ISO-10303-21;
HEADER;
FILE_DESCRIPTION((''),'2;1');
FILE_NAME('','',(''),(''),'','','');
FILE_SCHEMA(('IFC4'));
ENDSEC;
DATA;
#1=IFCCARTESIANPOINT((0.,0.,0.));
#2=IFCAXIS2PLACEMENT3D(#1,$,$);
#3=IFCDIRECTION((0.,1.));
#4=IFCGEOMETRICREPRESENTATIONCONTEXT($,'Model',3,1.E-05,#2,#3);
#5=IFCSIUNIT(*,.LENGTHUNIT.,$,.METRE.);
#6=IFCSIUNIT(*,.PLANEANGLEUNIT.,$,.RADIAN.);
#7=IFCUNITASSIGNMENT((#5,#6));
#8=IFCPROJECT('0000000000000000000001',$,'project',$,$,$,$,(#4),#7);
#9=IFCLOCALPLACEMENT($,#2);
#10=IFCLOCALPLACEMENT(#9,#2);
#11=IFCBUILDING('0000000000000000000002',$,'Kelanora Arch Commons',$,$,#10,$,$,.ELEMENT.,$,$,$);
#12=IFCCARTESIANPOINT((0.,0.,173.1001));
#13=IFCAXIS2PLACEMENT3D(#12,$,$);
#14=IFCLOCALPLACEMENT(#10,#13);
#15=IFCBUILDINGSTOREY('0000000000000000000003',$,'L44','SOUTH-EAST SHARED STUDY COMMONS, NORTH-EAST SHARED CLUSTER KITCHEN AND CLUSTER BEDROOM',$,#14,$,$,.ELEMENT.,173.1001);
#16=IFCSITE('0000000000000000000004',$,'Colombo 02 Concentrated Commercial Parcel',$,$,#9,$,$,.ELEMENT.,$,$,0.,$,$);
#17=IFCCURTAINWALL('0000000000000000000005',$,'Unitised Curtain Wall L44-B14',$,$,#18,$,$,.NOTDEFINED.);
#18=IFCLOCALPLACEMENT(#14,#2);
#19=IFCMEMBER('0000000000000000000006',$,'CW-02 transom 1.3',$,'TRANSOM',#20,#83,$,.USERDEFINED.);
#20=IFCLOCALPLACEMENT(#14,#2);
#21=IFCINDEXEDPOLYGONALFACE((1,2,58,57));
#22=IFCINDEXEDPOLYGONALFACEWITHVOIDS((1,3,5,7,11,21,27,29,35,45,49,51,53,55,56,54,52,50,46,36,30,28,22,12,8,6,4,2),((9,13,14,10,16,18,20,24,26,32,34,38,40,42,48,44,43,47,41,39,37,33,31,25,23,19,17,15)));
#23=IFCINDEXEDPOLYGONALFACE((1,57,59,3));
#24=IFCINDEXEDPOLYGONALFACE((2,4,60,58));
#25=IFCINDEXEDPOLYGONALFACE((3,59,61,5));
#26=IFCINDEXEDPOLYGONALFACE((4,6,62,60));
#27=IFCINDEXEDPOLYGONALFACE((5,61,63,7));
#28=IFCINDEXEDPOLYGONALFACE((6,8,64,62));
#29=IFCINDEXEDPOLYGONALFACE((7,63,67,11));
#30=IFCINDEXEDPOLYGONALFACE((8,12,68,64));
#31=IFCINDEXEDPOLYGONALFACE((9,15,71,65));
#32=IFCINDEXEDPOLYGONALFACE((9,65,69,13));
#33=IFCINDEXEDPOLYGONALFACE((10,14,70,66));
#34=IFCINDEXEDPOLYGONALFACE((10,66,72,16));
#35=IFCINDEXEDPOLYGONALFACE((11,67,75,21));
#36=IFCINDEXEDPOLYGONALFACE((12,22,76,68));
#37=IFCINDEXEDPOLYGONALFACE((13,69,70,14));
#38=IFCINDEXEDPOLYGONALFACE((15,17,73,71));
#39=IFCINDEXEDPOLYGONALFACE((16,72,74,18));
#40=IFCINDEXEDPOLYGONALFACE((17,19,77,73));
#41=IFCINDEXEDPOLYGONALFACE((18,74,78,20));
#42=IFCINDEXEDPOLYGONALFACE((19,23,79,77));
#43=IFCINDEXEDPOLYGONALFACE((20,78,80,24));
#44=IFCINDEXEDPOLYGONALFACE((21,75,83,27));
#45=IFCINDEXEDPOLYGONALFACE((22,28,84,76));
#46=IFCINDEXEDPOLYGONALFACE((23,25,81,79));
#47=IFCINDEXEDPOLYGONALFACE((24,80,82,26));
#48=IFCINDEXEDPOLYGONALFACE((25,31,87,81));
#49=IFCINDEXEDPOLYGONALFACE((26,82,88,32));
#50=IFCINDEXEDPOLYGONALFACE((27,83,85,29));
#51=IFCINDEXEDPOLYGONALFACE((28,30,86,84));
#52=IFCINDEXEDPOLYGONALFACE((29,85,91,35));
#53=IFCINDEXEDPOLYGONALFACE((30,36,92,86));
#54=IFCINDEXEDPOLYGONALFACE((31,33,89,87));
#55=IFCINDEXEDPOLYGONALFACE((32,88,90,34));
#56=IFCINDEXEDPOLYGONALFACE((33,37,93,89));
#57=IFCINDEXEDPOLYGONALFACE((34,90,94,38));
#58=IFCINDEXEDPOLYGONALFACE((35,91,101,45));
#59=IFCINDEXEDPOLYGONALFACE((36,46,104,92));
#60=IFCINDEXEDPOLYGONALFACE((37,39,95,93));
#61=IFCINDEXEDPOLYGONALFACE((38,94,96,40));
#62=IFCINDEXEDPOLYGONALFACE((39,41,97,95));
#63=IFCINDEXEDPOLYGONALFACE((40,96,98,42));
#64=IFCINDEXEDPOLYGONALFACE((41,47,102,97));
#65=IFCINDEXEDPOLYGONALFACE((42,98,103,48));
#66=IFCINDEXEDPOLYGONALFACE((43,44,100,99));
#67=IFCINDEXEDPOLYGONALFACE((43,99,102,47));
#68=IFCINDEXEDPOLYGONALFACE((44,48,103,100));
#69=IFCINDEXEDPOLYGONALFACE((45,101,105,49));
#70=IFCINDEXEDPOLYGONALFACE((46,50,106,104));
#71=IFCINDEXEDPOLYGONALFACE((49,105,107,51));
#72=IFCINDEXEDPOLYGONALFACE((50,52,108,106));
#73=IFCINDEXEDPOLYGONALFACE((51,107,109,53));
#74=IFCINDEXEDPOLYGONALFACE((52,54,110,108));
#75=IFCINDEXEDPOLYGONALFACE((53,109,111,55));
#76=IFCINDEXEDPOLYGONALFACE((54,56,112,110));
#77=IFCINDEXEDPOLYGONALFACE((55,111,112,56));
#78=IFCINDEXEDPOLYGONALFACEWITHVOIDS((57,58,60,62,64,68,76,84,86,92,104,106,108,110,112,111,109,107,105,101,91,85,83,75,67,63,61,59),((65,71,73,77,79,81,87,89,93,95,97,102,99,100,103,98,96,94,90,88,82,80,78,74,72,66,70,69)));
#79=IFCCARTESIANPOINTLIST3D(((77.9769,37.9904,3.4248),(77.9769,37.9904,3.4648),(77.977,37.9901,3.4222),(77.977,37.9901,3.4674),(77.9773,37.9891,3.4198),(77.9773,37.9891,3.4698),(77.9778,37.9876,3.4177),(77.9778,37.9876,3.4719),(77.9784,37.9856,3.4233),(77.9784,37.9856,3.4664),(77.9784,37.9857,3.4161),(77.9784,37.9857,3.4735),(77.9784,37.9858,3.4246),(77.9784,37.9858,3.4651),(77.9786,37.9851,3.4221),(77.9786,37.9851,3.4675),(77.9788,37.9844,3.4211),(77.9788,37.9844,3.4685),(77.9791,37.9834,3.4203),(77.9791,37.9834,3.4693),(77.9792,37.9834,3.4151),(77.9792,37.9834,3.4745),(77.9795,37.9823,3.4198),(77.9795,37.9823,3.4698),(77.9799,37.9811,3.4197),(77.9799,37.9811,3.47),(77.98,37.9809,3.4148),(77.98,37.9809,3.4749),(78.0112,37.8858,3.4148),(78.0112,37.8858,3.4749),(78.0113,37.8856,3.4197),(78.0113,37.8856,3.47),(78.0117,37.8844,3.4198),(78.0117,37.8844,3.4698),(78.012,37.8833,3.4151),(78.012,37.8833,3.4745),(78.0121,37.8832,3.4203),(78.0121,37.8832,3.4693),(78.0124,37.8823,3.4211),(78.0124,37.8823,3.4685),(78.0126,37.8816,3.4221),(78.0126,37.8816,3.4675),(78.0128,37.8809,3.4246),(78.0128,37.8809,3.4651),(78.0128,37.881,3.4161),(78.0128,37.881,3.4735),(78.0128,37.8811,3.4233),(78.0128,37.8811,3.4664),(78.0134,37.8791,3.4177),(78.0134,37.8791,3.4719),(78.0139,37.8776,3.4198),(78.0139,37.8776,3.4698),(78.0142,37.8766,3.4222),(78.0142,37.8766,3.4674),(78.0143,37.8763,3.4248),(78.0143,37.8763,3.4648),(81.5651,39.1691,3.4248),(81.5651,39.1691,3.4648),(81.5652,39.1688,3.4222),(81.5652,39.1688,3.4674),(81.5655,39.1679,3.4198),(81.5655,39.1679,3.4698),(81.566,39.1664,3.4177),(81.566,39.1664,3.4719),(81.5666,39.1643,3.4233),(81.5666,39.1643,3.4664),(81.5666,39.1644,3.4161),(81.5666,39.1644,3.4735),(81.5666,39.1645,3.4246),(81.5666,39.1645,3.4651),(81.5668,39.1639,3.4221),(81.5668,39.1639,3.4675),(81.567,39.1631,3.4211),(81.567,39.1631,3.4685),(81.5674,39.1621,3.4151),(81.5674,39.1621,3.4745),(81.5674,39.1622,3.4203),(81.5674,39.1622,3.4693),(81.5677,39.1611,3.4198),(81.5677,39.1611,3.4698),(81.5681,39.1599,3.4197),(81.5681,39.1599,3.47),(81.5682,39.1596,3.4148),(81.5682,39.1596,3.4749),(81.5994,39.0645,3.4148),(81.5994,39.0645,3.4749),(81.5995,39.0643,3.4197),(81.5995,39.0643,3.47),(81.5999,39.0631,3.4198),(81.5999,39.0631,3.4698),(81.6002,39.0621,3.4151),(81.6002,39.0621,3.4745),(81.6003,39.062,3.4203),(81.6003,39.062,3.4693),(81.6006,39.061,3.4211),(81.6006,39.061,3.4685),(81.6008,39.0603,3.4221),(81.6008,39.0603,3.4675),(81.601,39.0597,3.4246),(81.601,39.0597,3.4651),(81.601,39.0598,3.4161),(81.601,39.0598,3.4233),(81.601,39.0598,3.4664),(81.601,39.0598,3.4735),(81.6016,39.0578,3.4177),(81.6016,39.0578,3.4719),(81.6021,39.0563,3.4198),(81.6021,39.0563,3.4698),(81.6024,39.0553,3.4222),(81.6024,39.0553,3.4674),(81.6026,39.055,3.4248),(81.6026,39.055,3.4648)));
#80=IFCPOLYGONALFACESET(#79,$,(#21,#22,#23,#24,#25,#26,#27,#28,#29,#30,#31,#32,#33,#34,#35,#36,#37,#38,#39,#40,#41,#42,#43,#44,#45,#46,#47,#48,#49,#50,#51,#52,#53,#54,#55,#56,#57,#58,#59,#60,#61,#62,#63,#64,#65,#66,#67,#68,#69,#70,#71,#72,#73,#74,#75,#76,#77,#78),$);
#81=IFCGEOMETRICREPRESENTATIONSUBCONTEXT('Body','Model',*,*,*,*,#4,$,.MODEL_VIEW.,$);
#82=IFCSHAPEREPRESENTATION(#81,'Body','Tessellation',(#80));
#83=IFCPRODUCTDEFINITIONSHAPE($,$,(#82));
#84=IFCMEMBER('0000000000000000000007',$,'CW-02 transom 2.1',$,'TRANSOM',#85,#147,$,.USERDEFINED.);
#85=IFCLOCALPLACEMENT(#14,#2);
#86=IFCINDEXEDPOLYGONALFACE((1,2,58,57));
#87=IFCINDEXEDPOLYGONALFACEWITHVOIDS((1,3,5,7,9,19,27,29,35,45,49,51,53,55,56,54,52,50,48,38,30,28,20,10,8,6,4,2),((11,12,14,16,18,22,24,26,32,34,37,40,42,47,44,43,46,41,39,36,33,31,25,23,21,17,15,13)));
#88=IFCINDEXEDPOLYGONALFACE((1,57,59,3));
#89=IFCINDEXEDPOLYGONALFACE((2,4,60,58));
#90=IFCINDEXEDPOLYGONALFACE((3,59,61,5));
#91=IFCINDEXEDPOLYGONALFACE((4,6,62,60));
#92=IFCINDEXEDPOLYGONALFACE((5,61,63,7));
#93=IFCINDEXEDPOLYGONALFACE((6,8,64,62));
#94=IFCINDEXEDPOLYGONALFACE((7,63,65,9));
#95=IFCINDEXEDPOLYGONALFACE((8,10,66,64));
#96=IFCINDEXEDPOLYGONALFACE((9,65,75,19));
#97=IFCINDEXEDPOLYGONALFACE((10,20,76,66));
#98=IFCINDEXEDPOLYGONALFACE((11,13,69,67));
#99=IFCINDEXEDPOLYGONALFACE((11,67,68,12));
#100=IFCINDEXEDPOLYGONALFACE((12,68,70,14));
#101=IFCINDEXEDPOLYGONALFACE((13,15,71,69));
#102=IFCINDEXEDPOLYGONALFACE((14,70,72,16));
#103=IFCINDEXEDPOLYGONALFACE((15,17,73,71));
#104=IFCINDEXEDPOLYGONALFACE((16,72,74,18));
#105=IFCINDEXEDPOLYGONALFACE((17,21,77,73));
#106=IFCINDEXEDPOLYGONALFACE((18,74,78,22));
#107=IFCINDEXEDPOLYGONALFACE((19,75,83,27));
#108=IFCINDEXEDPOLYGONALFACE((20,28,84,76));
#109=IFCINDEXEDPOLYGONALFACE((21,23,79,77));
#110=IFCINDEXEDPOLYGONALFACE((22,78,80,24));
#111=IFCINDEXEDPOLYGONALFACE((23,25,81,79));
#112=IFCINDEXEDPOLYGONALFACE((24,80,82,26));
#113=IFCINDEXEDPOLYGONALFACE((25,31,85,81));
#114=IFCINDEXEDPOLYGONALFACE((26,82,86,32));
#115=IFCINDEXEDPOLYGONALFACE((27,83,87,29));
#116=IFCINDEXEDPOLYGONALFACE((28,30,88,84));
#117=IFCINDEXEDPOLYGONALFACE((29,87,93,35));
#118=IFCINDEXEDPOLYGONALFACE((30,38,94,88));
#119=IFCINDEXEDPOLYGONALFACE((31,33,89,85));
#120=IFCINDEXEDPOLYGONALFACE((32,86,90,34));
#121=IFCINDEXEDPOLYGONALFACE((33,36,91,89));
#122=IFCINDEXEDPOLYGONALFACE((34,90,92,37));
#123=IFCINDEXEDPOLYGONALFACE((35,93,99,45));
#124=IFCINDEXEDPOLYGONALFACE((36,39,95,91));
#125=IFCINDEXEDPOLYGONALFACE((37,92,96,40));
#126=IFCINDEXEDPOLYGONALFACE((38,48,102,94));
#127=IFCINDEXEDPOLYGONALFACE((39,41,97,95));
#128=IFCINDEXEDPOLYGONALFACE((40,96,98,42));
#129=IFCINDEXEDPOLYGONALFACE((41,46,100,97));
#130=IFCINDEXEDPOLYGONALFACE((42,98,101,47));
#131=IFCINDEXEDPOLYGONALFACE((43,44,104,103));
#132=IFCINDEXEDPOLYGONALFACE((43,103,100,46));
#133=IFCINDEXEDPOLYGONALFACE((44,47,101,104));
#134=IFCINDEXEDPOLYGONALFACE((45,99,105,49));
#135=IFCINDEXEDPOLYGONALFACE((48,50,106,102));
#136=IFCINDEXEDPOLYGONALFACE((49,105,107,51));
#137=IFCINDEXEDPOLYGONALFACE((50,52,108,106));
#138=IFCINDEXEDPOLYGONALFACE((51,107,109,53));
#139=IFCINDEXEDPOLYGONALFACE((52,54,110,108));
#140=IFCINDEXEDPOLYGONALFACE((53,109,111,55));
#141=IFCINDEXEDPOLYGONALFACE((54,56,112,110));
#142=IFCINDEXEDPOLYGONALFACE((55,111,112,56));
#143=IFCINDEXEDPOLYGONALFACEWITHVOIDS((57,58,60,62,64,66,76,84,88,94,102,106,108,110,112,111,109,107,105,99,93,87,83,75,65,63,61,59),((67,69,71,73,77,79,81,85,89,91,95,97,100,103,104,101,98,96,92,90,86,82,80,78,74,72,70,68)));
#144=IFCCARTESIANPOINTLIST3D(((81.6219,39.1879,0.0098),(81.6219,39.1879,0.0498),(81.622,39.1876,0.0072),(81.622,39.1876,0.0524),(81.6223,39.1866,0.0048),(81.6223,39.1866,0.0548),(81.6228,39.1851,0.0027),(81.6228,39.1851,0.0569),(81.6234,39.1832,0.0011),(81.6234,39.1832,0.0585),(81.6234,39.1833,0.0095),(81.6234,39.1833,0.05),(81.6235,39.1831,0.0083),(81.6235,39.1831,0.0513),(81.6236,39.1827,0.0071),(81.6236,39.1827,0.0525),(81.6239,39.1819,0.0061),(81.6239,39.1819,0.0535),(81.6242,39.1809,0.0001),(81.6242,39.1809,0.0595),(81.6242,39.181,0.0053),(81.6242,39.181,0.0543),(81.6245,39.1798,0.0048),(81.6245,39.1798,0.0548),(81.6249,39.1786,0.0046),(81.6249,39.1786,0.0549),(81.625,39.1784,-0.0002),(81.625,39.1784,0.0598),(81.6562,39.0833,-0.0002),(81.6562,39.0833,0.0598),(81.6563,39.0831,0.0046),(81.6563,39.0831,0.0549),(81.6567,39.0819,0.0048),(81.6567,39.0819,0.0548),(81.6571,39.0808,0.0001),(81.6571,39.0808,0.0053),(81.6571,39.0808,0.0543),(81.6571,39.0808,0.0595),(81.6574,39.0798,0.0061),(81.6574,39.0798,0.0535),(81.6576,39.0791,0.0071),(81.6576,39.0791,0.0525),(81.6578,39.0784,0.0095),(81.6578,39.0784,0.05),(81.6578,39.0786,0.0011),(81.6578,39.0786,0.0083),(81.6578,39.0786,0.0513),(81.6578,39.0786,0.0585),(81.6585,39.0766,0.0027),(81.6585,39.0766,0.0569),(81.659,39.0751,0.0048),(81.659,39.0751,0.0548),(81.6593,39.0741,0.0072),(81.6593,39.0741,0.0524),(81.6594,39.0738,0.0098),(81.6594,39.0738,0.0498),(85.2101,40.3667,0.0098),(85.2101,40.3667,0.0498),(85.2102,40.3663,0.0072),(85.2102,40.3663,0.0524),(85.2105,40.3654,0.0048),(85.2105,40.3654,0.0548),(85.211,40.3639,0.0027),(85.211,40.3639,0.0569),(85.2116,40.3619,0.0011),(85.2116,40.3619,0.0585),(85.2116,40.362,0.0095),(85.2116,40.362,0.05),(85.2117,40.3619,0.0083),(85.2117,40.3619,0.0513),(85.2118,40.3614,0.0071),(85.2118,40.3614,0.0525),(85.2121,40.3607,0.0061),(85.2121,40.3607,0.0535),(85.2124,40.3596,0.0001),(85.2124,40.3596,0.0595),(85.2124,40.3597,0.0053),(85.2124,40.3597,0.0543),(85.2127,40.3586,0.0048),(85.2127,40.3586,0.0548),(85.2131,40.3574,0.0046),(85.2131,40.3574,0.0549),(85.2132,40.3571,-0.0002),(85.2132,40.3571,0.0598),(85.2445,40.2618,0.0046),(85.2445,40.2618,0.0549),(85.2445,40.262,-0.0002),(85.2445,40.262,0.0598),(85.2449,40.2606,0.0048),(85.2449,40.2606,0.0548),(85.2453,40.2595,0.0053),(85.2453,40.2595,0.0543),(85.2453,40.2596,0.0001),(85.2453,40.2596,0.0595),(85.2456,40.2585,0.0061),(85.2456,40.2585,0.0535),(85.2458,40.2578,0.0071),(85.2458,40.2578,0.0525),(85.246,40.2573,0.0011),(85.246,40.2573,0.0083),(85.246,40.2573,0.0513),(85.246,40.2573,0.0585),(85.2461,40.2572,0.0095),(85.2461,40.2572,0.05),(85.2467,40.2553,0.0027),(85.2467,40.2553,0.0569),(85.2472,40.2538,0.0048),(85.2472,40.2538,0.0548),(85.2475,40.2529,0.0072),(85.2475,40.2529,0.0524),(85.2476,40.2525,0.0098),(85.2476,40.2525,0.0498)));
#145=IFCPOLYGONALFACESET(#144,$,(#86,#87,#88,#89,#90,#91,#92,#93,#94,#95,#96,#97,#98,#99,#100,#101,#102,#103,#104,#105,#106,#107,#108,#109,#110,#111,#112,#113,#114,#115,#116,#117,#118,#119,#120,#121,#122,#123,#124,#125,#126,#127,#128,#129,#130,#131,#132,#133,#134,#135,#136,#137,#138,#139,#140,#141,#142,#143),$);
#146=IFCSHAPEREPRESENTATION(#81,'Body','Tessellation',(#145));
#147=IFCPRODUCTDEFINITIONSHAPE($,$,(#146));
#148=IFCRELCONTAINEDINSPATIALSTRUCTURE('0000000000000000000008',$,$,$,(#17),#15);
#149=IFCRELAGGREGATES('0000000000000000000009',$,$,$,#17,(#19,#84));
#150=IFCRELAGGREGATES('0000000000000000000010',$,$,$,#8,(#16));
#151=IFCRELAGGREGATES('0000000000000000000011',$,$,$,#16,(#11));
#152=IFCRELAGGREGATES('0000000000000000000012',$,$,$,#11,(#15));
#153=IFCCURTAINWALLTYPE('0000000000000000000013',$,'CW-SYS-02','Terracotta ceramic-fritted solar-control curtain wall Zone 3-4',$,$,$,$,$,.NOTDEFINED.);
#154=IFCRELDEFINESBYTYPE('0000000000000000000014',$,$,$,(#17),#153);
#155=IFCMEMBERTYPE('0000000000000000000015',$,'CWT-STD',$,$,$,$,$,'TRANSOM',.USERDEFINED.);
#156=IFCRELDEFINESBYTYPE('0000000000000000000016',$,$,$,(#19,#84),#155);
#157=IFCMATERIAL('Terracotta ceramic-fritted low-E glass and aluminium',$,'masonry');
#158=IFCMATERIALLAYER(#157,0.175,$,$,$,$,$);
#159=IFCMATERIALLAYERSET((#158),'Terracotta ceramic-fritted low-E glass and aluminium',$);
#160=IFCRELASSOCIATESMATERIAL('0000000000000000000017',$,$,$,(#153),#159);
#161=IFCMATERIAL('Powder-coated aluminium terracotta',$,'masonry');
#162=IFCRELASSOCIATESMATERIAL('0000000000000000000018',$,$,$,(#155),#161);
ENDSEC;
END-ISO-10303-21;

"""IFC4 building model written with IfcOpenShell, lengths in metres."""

from ifc_helpers import new_model, si_unit, direction, frame, origin, origin_2d, place, context, subcontext, project, spatial, hollow_rectangle, extrude, material, layer, layer_set, material_profile, profile_set, type_object, element, aggregate, save


model = new_model("IFC4")

# Units and contexts
model_context = context("Model", 3, precision=1e-05, world=origin(), true_north=direction((0.0, 1.0)))
body_context = subcontext(model_context, "Body", "Model", "MODEL_VIEW")
ifc_project = project(units=[si_unit("LENGTHUNIT", "METRE"), si_unit("PLANEANGLEUNIT", "RADIAN")], contexts=[model_context])

# Site, building, storey
site_placement = place(None, origin())
site = spatial("IfcSite", under=ifc_project, at=site_placement, Name="Colombo 02 Concentrated Commercial Parcel", CompositionType="ELEMENT", RefElevation=0.0)
building_placement = place(site_placement, origin())
building = spatial("IfcBuilding", under=site, at=building_placement, Name="Kelanora Arch Commons", CompositionType="ELEMENT")
storey_placement = place(building_placement, frame((0.0, 0.0, 173.1001)))
storey = spatial("IfcBuildingStorey", under=building, at=storey_placement, Name="L44", Description="SOUTH-EAST SHARED STUDY COMMONS, NORTH-EAST SHARED CLUSTER KITCHEN AND CLUSTER BEDROOM", CompositionType="ELEMENT", Elevation=173.1001)

# Curtain wall, members
ifc_material_1 = material(Name="Terracotta ceramic-fritted low-E glass and aluminium", Category="masonry")
ifc_layer_1 = layer(ifc_material_1, 0.175)
ifc_layer_set_1 = layer_set([ifc_layer_1], Name="Terracotta ceramic-fritted low-E glass and aluminium")
curtain_wall_type = type_object("IfcCurtainWallType", Name="CW-SYS-02", Description="Terracotta ceramic-fritted solar-control curtain wall Zone 3-4", PredefinedType="NOTDEFINED", material=ifc_layer_set_1)
curtain_wall_placement = place(storey_placement, origin())
curtain_wall = element("IfcCurtainWall", 1, at=curtain_wall_placement, inside=storey, type_object=curtain_wall_type, Name="Unitised Curtain Wall L44-B14", PredefinedType="NOTDEFINED")
ifc_material_2 = material(Name="Powder-coated aluminium terracotta", Category="masonry")
ifc_material_profile_1 = material_profile(ifc_material_2, hollow_rectangle(XDim=0.1201, YDim=0.0601, WallThickness=0.0049, InnerFilletRadius=0.0049, OuterFilletRadius=0.01, at=origin_2d()), Name="CWT120x60")
ifc_profile_set_1 = profile_set([ifc_material_profile_1], Name="Powder-coated aluminium terracotta")
member_type_1 = type_object("IfcMemberType", Name="CWT-STD", ElementType="TRANSOM", PredefinedType="USERDEFINED", material=ifc_profile_set_1)
member_1_placement = place(storey_placement, frame((77.9956, 37.9333, 3.4448), z_axis=(0.950051, 0.312094, 0.0), x_axis=(-0.312094, 0.950051, 0.0)))
member_1 = element("IfcMember", 2, at=member_1_placement, type_object=member_type_1, Name="CW-02 transom 1.3", ObjectType="TRANSOM", PredefinedType="USERDEFINED", context=body_context, shape_type="SweptSolid", body=[
    extrude(hollow_rectangle(XDim=0.1201, YDim=0.0601, WallThickness=0.0049, InnerFilletRadius=0.0049, OuterFilletRadius=0.01, at=origin_2d()), origin(), (0.0, 0.0, 1.0), 3.7769),
])
member_2_placement = place(storey_placement, frame((81.6406, 39.1309, 0.0298), z_axis=(0.950051, 0.312094, 0.0), x_axis=(-0.312094, 0.950051, 0.0)))
member_2 = element("IfcMember", 3, at=member_2_placement, type_object=member_type_1, Name="CW-02 transom 2.1", ObjectType="TRANSOM", PredefinedType="USERDEFINED", context=body_context, shape_type="SweptSolid", body=[
    extrude(hollow_rectangle(XDim=0.1201, YDim=0.0601, WallThickness=0.0049, InnerFilletRadius=0.0049, OuterFilletRadius=0.01, at=origin_2d()), origin(), (0.0, 0.0, 1.0), 3.7769),
])
aggregate(curtain_wall, [member_1, member_2])

save(model, "model.ifc")
